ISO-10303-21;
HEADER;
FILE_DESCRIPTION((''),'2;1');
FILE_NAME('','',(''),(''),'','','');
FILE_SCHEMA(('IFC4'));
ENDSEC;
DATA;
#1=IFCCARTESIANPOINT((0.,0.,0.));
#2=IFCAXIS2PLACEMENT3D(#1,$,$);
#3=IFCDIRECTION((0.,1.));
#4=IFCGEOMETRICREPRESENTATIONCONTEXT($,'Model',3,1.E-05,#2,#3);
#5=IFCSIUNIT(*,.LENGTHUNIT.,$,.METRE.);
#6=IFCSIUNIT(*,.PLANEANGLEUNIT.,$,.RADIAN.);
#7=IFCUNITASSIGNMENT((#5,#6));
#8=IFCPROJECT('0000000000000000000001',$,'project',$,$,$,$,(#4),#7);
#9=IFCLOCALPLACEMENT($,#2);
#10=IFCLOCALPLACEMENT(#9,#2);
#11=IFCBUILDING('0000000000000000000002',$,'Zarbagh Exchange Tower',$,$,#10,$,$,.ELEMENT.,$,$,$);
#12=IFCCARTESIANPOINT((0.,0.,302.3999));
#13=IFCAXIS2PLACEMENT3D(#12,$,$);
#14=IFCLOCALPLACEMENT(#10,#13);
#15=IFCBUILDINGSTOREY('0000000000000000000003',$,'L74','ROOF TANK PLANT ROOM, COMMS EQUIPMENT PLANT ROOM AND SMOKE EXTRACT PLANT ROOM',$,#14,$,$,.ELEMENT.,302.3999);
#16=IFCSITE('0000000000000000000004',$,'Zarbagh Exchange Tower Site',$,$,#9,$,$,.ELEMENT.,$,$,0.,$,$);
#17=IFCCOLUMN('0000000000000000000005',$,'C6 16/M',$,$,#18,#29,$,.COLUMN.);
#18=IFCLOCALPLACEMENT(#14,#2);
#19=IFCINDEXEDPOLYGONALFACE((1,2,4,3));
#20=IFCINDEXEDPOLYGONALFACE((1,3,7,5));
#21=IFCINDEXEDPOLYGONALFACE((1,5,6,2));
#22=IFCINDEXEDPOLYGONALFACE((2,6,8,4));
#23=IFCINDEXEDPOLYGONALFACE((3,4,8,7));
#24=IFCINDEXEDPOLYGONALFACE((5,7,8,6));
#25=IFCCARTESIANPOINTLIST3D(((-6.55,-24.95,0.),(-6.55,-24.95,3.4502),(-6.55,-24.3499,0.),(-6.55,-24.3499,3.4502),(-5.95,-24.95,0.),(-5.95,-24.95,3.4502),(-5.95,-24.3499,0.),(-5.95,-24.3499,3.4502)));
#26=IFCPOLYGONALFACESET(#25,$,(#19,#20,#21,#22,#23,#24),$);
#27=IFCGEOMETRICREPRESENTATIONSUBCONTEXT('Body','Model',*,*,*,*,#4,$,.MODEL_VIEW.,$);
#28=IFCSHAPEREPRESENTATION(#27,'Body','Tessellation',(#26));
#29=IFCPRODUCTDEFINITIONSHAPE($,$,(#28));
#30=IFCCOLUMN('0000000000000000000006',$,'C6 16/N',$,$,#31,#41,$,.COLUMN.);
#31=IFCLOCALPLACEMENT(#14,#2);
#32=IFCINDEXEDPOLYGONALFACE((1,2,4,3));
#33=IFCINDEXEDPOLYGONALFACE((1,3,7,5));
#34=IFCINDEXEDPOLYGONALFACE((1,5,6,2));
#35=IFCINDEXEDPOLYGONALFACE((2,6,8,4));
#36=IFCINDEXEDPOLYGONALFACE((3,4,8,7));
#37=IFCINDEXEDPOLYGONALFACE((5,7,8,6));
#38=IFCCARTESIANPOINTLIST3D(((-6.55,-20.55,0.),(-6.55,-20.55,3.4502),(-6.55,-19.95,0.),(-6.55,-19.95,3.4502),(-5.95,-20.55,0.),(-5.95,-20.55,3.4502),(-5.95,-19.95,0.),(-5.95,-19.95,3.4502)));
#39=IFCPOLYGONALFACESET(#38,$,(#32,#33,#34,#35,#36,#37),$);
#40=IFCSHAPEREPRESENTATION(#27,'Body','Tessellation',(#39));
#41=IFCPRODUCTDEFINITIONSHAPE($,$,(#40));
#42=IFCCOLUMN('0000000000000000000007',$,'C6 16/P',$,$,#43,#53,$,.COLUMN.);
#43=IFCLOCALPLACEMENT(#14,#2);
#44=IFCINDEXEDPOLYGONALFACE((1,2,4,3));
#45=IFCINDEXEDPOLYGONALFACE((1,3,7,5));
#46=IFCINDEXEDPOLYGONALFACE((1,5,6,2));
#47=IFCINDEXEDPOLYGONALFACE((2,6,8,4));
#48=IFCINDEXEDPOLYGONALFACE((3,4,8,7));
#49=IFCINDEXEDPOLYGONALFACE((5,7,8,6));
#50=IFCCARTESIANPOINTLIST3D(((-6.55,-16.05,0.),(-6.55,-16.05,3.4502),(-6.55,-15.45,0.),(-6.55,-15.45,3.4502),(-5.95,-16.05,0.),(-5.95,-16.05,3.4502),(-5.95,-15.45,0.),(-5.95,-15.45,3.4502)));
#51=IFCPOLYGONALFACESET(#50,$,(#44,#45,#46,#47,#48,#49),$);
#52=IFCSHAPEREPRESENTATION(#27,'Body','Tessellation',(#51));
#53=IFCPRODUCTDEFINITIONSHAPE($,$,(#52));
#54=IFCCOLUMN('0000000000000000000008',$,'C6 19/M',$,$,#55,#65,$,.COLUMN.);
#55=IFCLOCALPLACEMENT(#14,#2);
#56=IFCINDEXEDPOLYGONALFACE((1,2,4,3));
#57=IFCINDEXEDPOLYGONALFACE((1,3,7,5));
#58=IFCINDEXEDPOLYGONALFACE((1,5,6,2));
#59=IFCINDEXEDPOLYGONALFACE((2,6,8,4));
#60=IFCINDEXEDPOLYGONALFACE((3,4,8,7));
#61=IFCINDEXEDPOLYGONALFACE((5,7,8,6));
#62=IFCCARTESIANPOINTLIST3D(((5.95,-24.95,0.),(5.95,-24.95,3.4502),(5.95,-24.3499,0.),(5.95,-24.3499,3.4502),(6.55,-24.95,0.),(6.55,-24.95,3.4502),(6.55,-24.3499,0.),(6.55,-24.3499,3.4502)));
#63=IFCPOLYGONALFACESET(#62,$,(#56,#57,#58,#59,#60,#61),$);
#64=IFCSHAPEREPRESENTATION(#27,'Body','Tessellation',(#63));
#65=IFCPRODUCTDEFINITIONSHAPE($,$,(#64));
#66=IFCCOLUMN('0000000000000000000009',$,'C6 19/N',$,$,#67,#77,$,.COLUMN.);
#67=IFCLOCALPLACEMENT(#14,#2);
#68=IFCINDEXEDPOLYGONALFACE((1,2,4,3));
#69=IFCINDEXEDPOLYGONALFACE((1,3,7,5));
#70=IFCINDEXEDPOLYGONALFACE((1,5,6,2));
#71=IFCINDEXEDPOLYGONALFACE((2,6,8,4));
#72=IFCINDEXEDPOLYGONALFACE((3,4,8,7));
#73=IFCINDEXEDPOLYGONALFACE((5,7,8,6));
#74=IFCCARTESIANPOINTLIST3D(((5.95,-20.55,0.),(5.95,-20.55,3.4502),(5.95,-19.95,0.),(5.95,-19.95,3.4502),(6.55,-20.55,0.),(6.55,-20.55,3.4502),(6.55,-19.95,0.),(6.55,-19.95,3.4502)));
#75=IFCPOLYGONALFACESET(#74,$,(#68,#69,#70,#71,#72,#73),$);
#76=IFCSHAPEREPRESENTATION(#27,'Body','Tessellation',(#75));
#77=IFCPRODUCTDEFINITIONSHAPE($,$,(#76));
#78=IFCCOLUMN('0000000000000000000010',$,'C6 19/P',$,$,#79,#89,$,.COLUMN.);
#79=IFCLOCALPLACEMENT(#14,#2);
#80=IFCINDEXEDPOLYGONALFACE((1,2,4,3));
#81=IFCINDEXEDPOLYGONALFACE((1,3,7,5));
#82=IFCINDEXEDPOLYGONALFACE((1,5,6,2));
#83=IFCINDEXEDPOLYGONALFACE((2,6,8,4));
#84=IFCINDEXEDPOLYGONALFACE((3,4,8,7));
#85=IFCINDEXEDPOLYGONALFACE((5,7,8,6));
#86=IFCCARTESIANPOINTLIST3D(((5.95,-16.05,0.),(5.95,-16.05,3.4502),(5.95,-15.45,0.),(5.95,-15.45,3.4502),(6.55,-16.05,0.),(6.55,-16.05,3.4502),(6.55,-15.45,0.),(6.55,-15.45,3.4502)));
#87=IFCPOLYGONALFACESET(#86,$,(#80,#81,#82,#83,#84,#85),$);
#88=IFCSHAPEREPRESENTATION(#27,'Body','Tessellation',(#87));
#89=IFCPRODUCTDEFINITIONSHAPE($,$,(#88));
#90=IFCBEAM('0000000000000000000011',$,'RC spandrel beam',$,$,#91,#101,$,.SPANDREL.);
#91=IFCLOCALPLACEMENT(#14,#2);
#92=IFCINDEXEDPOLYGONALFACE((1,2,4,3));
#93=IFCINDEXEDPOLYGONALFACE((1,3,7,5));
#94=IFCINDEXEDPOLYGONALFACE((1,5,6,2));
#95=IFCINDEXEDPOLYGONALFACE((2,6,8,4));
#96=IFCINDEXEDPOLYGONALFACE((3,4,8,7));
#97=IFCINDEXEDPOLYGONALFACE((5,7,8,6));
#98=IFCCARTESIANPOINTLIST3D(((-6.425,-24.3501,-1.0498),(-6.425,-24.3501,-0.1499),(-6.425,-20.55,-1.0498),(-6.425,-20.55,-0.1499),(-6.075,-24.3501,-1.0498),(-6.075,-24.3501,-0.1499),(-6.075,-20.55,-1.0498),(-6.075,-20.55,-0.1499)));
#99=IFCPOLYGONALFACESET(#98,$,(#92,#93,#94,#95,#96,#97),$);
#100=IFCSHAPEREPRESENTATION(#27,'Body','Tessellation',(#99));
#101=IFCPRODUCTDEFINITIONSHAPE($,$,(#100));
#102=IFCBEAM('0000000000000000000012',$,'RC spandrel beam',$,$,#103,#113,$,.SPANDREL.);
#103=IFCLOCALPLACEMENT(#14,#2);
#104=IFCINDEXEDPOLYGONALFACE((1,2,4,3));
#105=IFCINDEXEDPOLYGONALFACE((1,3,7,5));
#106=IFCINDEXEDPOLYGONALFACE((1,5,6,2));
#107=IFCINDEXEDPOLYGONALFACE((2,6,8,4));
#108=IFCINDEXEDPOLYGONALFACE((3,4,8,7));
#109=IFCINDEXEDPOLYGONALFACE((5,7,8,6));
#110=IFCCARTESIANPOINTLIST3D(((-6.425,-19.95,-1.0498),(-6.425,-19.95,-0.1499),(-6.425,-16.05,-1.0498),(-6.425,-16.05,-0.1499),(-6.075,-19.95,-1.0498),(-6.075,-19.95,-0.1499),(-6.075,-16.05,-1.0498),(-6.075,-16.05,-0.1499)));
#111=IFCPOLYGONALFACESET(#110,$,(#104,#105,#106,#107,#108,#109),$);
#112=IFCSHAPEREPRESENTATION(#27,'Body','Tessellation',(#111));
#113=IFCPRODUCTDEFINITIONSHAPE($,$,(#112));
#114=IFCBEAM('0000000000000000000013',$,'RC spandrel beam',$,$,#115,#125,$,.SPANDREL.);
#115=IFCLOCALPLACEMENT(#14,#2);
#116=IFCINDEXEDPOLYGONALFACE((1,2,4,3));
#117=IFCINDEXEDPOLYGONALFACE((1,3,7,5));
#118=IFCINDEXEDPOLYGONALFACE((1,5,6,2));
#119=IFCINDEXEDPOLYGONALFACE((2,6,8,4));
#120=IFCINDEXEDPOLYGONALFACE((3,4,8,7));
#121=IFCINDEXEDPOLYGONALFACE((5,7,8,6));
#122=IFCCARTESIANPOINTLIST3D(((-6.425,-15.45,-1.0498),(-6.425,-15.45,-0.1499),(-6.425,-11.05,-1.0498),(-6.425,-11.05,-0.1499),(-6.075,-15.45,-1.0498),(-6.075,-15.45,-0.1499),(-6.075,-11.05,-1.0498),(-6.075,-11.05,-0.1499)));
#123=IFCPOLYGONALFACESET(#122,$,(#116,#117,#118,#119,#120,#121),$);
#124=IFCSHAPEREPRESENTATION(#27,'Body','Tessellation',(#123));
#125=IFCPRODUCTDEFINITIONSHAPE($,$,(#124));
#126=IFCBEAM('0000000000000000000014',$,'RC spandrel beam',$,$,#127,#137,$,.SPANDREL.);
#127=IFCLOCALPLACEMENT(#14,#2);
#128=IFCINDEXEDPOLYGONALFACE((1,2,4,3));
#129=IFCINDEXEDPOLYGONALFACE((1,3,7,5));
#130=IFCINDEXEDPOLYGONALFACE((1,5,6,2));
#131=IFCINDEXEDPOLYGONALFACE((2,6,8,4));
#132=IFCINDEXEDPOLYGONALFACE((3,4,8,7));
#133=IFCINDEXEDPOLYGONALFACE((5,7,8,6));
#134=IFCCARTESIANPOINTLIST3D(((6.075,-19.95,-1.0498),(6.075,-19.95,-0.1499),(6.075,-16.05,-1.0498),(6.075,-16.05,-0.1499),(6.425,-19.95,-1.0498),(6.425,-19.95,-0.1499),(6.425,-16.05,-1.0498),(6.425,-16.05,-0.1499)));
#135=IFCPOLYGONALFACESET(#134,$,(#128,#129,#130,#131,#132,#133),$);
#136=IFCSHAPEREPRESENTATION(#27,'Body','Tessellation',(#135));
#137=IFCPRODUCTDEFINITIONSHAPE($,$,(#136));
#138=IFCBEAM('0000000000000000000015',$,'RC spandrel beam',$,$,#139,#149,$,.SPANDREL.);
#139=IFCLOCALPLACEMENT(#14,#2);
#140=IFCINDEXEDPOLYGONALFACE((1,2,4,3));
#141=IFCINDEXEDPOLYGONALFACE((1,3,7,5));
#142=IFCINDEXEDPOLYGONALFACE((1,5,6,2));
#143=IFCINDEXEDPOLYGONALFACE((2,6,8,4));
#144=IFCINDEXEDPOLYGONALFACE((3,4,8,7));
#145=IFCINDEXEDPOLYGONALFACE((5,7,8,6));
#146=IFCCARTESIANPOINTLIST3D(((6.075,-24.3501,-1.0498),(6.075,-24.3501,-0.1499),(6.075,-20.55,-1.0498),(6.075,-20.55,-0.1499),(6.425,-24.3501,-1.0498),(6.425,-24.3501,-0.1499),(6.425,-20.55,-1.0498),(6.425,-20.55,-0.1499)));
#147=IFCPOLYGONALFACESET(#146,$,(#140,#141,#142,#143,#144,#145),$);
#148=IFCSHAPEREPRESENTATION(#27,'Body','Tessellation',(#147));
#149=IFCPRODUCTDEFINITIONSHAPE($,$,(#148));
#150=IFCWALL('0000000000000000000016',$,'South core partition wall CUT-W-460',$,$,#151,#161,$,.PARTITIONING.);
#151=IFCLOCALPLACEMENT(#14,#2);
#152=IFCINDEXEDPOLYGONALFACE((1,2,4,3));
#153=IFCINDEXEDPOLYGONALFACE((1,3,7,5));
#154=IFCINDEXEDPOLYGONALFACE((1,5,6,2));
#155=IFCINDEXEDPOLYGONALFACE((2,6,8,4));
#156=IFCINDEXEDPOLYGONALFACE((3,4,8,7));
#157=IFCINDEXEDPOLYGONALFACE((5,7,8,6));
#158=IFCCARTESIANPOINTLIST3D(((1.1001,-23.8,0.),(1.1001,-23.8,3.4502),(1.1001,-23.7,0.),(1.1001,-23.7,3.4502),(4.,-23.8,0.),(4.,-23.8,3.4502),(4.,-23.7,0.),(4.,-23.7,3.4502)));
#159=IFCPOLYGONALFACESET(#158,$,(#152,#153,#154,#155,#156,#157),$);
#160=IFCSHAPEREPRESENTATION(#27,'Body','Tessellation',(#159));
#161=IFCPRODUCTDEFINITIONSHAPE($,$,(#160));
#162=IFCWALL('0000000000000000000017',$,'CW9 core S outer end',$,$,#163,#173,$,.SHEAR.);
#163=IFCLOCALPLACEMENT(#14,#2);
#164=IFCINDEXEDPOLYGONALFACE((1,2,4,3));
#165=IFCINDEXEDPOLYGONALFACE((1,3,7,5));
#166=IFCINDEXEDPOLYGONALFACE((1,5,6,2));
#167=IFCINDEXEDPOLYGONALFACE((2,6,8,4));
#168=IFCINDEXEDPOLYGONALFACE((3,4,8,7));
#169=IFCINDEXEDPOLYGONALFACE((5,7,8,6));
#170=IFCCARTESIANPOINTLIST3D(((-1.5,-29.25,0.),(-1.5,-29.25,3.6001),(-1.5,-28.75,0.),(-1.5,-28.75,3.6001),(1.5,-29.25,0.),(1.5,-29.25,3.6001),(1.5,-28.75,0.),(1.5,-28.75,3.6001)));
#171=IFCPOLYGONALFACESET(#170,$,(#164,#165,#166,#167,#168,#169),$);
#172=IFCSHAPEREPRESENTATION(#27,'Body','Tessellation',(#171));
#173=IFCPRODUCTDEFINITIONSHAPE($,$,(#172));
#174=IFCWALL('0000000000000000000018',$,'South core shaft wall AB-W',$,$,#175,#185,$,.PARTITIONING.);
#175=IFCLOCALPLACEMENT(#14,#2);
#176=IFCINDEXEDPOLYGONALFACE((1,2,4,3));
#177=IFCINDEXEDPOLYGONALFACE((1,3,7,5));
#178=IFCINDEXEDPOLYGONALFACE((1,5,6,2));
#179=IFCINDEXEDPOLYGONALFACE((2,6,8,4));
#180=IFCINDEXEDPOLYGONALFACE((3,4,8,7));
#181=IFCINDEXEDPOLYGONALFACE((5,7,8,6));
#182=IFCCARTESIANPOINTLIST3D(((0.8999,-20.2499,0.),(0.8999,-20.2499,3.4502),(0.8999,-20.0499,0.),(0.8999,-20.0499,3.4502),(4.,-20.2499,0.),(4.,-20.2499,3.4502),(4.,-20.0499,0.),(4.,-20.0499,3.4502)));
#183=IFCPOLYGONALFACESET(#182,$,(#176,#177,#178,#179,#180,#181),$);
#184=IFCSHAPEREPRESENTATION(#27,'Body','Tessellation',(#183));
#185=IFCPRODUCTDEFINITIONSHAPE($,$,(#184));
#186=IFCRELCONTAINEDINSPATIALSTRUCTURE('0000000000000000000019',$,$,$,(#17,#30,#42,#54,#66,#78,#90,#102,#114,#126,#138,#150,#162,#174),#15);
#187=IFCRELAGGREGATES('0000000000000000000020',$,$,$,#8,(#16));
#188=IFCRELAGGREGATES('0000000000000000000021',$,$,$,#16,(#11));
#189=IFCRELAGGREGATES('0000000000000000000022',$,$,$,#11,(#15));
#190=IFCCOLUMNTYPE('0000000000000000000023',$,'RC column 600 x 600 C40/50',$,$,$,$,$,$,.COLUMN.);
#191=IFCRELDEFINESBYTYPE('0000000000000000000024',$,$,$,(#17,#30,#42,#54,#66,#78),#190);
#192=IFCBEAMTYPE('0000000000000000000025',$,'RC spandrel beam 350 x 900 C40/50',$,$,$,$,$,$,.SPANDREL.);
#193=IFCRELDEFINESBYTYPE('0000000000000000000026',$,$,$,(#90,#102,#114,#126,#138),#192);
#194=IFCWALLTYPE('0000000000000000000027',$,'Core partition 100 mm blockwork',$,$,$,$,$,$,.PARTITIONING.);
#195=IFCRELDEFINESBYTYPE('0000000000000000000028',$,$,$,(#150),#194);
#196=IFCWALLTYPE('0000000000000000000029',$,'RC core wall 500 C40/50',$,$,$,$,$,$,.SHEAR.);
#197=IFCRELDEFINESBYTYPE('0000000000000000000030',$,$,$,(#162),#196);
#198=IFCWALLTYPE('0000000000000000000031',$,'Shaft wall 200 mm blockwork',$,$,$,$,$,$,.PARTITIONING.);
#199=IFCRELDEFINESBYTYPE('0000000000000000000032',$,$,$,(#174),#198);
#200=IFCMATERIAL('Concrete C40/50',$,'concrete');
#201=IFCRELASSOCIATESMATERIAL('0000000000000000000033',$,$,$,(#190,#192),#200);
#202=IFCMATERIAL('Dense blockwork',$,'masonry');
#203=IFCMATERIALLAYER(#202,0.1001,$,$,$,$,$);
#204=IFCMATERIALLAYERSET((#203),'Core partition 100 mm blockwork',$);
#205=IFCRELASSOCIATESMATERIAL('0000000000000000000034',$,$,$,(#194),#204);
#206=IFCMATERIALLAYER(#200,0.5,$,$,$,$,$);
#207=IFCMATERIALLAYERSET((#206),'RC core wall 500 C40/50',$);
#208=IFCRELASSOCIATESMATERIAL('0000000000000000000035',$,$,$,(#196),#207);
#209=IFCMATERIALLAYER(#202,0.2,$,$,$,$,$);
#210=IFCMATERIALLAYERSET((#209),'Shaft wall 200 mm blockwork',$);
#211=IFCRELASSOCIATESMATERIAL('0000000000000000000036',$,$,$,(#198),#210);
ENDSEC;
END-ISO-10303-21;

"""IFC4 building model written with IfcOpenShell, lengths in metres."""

from ifc_helpers import new_model, si_unit, direction, frame, frame_2d, origin, origin_2d, place, context, subcontext, project, spatial, rectangle, extrude, material, layer, layer_set, material_profile, profile_set, type_object, element, save


model = new_model("IFC4")

# Units and contexts
model_context = context("Model", 3, precision=1e-05, world=origin(), true_north=direction((0.0, 1.0)))
body_context = subcontext(model_context, "Body", "Model", "MODEL_VIEW")
ifc_project = project(units=[si_unit("LENGTHUNIT", "METRE"), si_unit("PLANEANGLEUNIT", "RADIAN")], contexts=[model_context])

# Site, building, storey
site_placement = place(None, origin())
site = spatial("IfcSite", under=ifc_project, at=site_placement, Name="Zarbagh Exchange Tower Site", CompositionType="ELEMENT", RefElevation=0.0)
building_placement = place(site_placement, origin())
building = spatial("IfcBuilding", under=site, at=building_placement, Name="Zarbagh Exchange Tower", CompositionType="ELEMENT")
storey_placement = place(building_placement, frame((0.0, 0.0, 302.3999)))
storey = spatial("IfcBuildingStorey", under=building, at=storey_placement, Name="L74", Description="ROOF TANK PLANT ROOM, COMMS EQUIPMENT PLANT ROOM AND SMOKE EXTRACT PLANT ROOM", CompositionType="ELEMENT", Elevation=302.3999)

# Columns
ifc_material_1 = material(Name="Concrete C40/50", Category="concrete")
ifc_material_profile_1 = material_profile(ifc_material_1, rectangle(XDim=0.6001, YDim=0.6001, at=origin_2d()), Name="RC column 600 x 600 C40/50")
ifc_profile_set_1 = profile_set([ifc_material_profile_1], Name="Concrete C40/50")
column_type = type_object("IfcColumnType", Name="RC column 600 x 600 C40/50", PredefinedType="COLUMN", material=ifc_profile_set_1)
for number, where, z_axis, x_axis, name in (
    (1, (-6.25, -24.6499, 0.0), (0.0, 0.0, 1.0), (1.0, 0.0, 0.0), "C6 16/M"),
    (2, (-6.25, -20.25, 0.0), (0.0, 0.0, 1.0), (1.0, 0.0, 0.0), "C6 16/N"),
    (3, (-6.25, -15.75, 0.0), (0.0, 0.0, 1.0), (1.0, 0.0, 0.0), "C6 16/P"),
    (4, (6.25, -24.6499, 0.0), (0.0, 0.0, 1.0), (1.0, 0.0, 0.0), "C6 19/M"),
    (5, (6.25, -20.25, 0.0), (0.0, 0.0, 1.0), (1.0, 0.0, 0.0), "C6 19/N"),
    (6, (6.25, -15.75, 0.0), (0.0, 0.0, 1.0), (1.0, 0.0, 0.0), "C6 19/P"),
):
    element("IfcColumn", number, at=place(storey_placement, frame(where, z_axis=z_axis, x_axis=x_axis)), inside=storey, type_object=column_type, Name=name, PredefinedType="COLUMN", context=body_context, shape_type="SweptSolid", body=[
        extrude(rectangle(XDim=0.6001, YDim=0.6001, at=origin_2d()), origin(), (0.0, 0.0, 1.0), 3.4502),
    ])

# Beams
ifc_material_profile_2 = material_profile(ifc_material_1, rectangle(XDim=0.3501, YDim=0.8999, at=origin_2d()), Name="RC spandrel beam 350 x 900 C40/50")
ifc_profile_set_2 = profile_set([ifc_material_profile_2], Name="Concrete C40/50")
beam_type = type_object("IfcBeamType", Name="RC spandrel beam 350 x 900 C40/50", PredefinedType="SPANDREL", material=ifc_profile_set_2)
beam_1_placement = place(storey_placement, frame((-6.25, -24.3501, -0.5999), z_axis=(0.0, 1.0, 0.0), x_axis=(-1.0, 0.0, 0.0)))
element("IfcBeam", 7, at=beam_1_placement, inside=storey, type_object=beam_type, Name="RC spandrel beam", PredefinedType="SPANDREL", context=body_context, shape_type="SweptSolid", body=[
    extrude(rectangle(XDim=0.3501, YDim=0.8999, at=origin_2d()), origin(), (0.0, 0.0, 1.0), 3.8),
])
beam_2_placement = place(storey_placement, frame((-6.25, -19.95, -0.5999), z_axis=(0.0, 1.0, 0.0), x_axis=(-1.0, 0.0, 0.0)))
element("IfcBeam", 8, at=beam_2_placement, inside=storey, type_object=beam_type, Name="RC spandrel beam", PredefinedType="SPANDREL", context=body_context, shape_type="SweptSolid", body=[
    extrude(rectangle(XDim=0.3501, YDim=0.8999, at=origin_2d()), origin(), (0.0, 0.0, 1.0), 3.8999),
])
beam_3_placement = place(storey_placement, frame((-6.25, -15.45, -0.5999), z_axis=(0.0, 1.0, 0.0), x_axis=(-1.0, 0.0, 0.0)))
element("IfcBeam", 9, at=beam_3_placement, inside=storey, type_object=beam_type, Name="RC spandrel beam", PredefinedType="SPANDREL", context=body_context, shape_type="SweptSolid", body=[
    extrude(rectangle(XDim=0.3501, YDim=0.8999, at=origin_2d()), origin(), (0.0, 0.0, 1.0), 4.3999),
])
beam_4_placement = place(storey_placement, frame((6.25, -16.05, -0.5999), z_axis=(0.0, -1.0, 0.0), x_axis=(1.0, 0.0, 0.0)))
element("IfcBeam", 10, at=beam_4_placement, inside=storey, type_object=beam_type, Name="RC spandrel beam", PredefinedType="SPANDREL", context=body_context, shape_type="SweptSolid", body=[
    extrude(rectangle(XDim=0.3501, YDim=0.8999, at=origin_2d()), origin(), (0.0, 0.0, 1.0), 3.8999),
])
beam_5_placement = place(storey_placement, frame((6.25, -20.55, -0.5999), z_axis=(0.0, -1.0, 0.0), x_axis=(1.0, 0.0, 0.0)))
element("IfcBeam", 11, at=beam_5_placement, inside=storey, type_object=beam_type, Name="RC spandrel beam", PredefinedType="SPANDREL", context=body_context, shape_type="SweptSolid", body=[
    extrude(rectangle(XDim=0.3501, YDim=0.8999, at=origin_2d()), origin(), (0.0, 0.0, 1.0), 3.8),
])

# Walls
ifc_material_2 = material(Name="Dense blockwork", Category="masonry")
ifc_layer_1 = layer(ifc_material_2, 0.1001)
ifc_layer_set_1 = layer_set([ifc_layer_1], Name="Core partition 100 mm blockwork")
wall_type_1 = type_object("IfcWallType", Name="Core partition 100 mm blockwork", PredefinedType="PARTITIONING", material=ifc_layer_set_1)
wall_1_placement = place(storey_placement, frame((4.0, -23.75, 0.0), z_axis=(0.0, 0.0, 1.0), x_axis=(-1.0, 0.0, 0.0)))
element("IfcWall", 12, at=wall_1_placement, inside=storey, type_object=wall_type_1, Name="South core partition wall CUT-W-460", PredefinedType="PARTITIONING", context=body_context, shape_type="SweptSolid", body=[
    extrude(rectangle(XDim=2.8999, YDim=0.1001, at=frame_2d((1.45, 0.0))), origin(), (0.0, 0.0, 1.0), 3.4502),
])
ifc_layer_2 = layer(ifc_material_1, 0.5)
ifc_layer_set_2 = layer_set([ifc_layer_2], Name="RC core wall 500 C40/50")
wall_type_2 = type_object("IfcWallType", Name="RC core wall 500 C40/50", PredefinedType="SHEAR", material=ifc_layer_set_2)
wall_2_placement = place(storey_placement, frame((-1.5, -29.0, 0.0), z_axis=(0.0, 0.0, 1.0), x_axis=(1.0, 0.0, 0.0)))
element("IfcWall", 13, at=wall_2_placement, inside=storey, type_object=wall_type_2, Name="CW9 core S outer end", PredefinedType="SHEAR", context=body_context, shape_type="SweptSolid", body=[
    extrude(rectangle(XDim=3.0, YDim=0.5, at=frame_2d((1.5, 0.0))), origin(), (0.0, 0.0, 1.0), 3.6001),
])
ifc_layer_3 = layer(ifc_material_2, 0.2)
ifc_layer_set_3 = layer_set([ifc_layer_3], Name="Shaft wall 200 mm blockwork")
wall_type_3 = type_object("IfcWallType", Name="Shaft wall 200 mm blockwork", PredefinedType="PARTITIONING", material=ifc_layer_set_3)
wall_3_placement = place(storey_placement, frame((4.0, -20.1499, 0.0), z_axis=(0.0, 0.0, 1.0), x_axis=(-1.0, 0.0, 0.0)))
element("IfcWall", 14, at=wall_3_placement, inside=storey, type_object=wall_type_3, Name="South core shaft wall AB-W", PredefinedType="PARTITIONING", context=body_context, shape_type="SweptSolid", body=[
    extrude(rectangle(XDim=3.1001, YDim=0.2, at=frame_2d((1.55, 0.0))), origin(), (0.0, 0.0, 1.0), 3.4502),
])

save(model, "model.ifc")
